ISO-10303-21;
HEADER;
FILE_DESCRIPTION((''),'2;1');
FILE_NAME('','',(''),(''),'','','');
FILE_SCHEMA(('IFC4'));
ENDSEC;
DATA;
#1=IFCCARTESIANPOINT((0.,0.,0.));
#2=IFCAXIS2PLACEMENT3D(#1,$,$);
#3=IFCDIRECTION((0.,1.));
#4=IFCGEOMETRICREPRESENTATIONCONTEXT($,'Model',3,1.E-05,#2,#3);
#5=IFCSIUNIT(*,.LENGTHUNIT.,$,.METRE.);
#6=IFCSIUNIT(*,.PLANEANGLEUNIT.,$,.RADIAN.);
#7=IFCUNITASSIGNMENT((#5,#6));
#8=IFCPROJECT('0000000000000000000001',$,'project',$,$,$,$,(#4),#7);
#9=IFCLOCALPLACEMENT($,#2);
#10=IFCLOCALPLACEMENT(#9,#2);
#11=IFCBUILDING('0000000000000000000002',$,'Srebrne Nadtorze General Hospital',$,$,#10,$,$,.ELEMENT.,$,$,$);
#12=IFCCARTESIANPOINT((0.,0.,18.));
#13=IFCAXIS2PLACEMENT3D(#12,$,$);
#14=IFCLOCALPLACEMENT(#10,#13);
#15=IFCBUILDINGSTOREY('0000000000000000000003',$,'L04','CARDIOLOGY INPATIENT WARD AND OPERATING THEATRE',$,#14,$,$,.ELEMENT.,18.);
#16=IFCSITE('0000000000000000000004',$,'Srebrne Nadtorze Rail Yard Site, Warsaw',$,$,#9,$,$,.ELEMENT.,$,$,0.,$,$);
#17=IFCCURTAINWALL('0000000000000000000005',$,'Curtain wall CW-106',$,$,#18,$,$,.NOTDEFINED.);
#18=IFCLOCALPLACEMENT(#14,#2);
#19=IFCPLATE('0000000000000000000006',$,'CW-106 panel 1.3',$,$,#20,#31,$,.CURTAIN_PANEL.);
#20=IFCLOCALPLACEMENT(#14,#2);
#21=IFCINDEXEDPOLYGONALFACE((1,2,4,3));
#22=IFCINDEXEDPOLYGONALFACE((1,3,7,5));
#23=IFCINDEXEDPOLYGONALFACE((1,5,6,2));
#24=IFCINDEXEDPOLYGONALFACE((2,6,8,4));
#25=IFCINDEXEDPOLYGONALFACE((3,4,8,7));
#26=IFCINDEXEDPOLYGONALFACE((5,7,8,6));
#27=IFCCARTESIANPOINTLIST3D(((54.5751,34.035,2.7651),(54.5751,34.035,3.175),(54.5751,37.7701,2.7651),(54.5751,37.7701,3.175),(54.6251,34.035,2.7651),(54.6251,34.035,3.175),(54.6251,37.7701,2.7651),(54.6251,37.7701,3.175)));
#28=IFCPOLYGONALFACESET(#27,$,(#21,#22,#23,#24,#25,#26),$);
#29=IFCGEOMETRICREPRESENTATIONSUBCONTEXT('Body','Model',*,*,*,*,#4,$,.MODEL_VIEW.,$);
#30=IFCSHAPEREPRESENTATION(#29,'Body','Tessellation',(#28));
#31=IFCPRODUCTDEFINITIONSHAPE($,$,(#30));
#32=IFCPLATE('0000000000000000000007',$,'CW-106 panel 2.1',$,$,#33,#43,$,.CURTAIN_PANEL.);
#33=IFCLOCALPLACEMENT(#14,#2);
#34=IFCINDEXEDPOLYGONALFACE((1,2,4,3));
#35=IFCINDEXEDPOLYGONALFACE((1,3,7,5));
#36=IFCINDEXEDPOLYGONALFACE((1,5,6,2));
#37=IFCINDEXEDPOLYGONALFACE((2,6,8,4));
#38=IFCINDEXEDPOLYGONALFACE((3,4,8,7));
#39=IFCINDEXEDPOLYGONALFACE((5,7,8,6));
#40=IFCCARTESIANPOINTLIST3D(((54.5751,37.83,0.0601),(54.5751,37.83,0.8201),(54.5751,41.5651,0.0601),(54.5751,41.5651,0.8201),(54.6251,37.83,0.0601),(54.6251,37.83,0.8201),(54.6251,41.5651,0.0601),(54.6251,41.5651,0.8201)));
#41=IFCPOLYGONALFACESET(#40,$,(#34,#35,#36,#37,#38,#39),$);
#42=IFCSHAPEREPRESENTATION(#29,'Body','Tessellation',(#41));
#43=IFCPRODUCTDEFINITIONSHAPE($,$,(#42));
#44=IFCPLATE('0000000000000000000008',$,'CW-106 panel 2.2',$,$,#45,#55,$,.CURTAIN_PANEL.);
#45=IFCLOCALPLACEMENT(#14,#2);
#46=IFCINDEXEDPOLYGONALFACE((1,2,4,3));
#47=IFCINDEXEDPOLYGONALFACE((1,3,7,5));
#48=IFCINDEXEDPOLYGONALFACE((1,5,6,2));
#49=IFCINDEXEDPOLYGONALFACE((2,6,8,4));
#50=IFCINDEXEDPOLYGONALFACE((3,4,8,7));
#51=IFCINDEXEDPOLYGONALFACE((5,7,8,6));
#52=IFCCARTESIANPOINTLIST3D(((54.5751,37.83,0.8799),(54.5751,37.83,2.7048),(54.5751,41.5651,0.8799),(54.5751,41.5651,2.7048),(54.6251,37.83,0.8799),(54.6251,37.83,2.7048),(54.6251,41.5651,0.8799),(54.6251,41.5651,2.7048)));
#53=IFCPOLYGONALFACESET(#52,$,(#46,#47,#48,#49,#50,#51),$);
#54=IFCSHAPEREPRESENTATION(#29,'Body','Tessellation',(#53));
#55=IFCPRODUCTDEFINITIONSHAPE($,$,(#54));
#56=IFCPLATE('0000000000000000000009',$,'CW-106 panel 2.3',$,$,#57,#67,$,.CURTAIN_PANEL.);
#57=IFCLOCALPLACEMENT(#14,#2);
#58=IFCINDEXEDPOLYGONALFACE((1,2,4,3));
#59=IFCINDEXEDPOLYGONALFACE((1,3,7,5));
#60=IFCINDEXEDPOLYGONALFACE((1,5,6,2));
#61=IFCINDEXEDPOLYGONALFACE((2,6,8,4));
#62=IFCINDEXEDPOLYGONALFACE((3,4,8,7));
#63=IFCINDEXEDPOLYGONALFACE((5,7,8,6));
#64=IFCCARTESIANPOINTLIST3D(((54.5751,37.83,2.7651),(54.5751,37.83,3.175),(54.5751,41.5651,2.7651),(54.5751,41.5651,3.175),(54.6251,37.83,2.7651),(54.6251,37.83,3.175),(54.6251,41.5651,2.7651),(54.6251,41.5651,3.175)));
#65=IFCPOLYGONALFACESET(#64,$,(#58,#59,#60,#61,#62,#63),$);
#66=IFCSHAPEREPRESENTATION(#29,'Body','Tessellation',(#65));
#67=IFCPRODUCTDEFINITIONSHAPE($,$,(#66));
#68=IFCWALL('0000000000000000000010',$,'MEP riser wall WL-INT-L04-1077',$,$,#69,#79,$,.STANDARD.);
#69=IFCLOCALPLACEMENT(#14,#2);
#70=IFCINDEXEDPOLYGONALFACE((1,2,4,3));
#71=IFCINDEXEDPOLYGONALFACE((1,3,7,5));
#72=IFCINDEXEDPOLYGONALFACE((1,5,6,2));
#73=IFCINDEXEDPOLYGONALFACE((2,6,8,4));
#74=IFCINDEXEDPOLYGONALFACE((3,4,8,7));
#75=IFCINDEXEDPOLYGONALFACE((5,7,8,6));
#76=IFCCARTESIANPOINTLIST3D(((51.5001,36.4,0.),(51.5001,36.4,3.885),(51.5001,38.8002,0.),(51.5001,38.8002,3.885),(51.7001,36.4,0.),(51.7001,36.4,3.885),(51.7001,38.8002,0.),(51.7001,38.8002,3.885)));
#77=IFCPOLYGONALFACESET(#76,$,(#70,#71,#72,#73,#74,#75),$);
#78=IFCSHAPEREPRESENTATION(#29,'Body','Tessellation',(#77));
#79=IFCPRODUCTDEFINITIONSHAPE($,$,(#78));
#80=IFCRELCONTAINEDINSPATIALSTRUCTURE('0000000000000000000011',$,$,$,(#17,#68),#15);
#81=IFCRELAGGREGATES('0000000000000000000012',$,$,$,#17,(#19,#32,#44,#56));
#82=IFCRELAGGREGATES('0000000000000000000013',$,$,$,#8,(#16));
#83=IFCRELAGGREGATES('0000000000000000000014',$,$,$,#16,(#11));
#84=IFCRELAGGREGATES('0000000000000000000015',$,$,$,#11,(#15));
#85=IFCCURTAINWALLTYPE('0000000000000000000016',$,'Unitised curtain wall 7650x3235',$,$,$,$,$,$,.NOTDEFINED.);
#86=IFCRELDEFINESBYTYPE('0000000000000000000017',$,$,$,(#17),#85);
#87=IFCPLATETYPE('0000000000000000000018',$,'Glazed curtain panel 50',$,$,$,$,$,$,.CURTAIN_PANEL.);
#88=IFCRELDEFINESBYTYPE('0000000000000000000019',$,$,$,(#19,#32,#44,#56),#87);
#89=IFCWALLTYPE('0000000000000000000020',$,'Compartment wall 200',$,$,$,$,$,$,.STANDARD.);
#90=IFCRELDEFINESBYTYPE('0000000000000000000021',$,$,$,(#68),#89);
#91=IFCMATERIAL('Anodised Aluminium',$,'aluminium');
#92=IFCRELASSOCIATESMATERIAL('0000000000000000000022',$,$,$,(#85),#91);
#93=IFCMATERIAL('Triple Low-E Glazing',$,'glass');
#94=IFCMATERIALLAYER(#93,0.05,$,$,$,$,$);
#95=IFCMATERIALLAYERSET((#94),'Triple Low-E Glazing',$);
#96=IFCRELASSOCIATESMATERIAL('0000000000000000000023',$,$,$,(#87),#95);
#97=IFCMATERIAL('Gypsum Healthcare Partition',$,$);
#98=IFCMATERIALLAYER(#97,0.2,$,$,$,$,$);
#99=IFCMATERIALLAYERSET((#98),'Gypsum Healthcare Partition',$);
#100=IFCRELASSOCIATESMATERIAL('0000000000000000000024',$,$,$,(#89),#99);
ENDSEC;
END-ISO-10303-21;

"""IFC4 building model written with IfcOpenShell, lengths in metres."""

from ifc_helpers import new_model, si_unit, direction, frame, frame_2d, origin, origin_2d, place, context, subcontext, project, spatial, rectangle, extrude, material, layer, layer_set, type_object, element, aggregate, save


model = new_model("IFC4")

# Units and contexts
model_context = context("Model", 3, precision=1e-05, world=origin(), true_north=direction((0.0, 1.0)))
body_context = subcontext(model_context, "Body", "Model", "MODEL_VIEW")
ifc_project = project(units=[si_unit("LENGTHUNIT", "METRE"), si_unit("PLANEANGLEUNIT", "RADIAN")], contexts=[model_context])

# Site, building, storey
site_placement = place(None, origin())
site = spatial("IfcSite", under=ifc_project, at=site_placement, Name="Srebrne Nadtorze Rail Yard Site, Warsaw", CompositionType="ELEMENT", RefElevation=0.0)
building_placement = place(site_placement, origin())
building = spatial("IfcBuilding", under=site, at=building_placement, Name="Srebrne Nadtorze General Hospital", CompositionType="ELEMENT")
storey_placement = place(building_placement, frame((0.0, 0.0, 18.0)))
storey = spatial("IfcBuildingStorey", under=building, at=storey_placement, Name="L04", Description="CARDIOLOGY INPATIENT WARD AND OPERATING THEATRE", CompositionType="ELEMENT", Elevation=18.0)

# Curtain wall, plates
ifc_material_1 = material(Name="Anodised Aluminium", Category="aluminium")
curtain_wall_type = type_object("IfcCurtainWallType", Name="Unitised curtain wall 7650x3235", PredefinedType="NOTDEFINED", material=ifc_material_1)
curtain_wall_placement = place(storey_placement, origin())
curtain_wall = element("IfcCurtainWall", 1, at=curtain_wall_placement, inside=storey, type_object=curtain_wall_type, Name="Curtain wall CW-106", PredefinedType="NOTDEFINED")
ifc_material_2 = material(Name="Triple Low-E Glazing", Category="glass")
ifc_layer_1 = layer(ifc_material_2, 0.05)
ifc_layer_set_1 = layer_set([ifc_layer_1], Name="Triple Low-E Glazing")
plate_type = type_object("IfcPlateType", Name="Glazed curtain panel 50", PredefinedType="CURTAIN_PANEL", material=ifc_layer_set_1)
plate_1_placement = place(storey_placement, frame((54.6001, 35.9026, 2.7651), z_axis=(0.0, 0.0, 1.0), x_axis=(0.0, 1.0, 0.0)))
plate_1 = element("IfcPlate", 2, at=plate_1_placement, type_object=plate_type, Name="CW-106 panel 1.3", PredefinedType="CURTAIN_PANEL", context=body_context, shape_type="SweptSolid", body=[
    extrude(rectangle(XDim=3.7351, YDim=0.05, at=origin_2d()), origin(), (0.0, 0.0, 1.0), 0.4099),
])
plate_2_placement = place(storey_placement, frame((54.6001, 39.6975, 0.0601), z_axis=(0.0, 0.0, 1.0), x_axis=(0.0, 1.0, 0.0)))
plate_2 = element("IfcPlate", 3, at=plate_2_placement, type_object=plate_type, Name="CW-106 panel 2.1", PredefinedType="CURTAIN_PANEL", context=body_context, shape_type="SweptSolid", body=[
    extrude(rectangle(XDim=3.7351, YDim=0.05, at=origin_2d()), origin(), (0.0, 0.0, 1.0), 0.76),
])
plate_3_placement = place(storey_placement, frame((54.6001, 39.6975, 0.8799), z_axis=(0.0, 0.0, 1.0), x_axis=(0.0, 1.0, 0.0)))
plate_3 = element("IfcPlate", 4, at=plate_3_placement, type_object=plate_type, Name="CW-106 panel 2.2", PredefinedType="CURTAIN_PANEL", context=body_context, shape_type="SweptSolid", body=[
    extrude(rectangle(XDim=3.7351, YDim=0.05, at=origin_2d()), origin(), (0.0, 0.0, 1.0), 1.825),
])
plate_4_placement = place(storey_placement, frame((54.6001, 39.6975, 2.7651), z_axis=(0.0, 0.0, 1.0), x_axis=(0.0, 1.0, 0.0)))
plate_4 = element("IfcPlate", 5, at=plate_4_placement, type_object=plate_type, Name="CW-106 panel 2.3", PredefinedType="CURTAIN_PANEL", context=body_context, shape_type="SweptSolid", body=[
    extrude(rectangle(XDim=3.7351, YDim=0.05, at=origin_2d()), origin(), (0.0, 0.0, 1.0), 0.4099),
])
aggregate(curtain_wall, [plate_1, plate_2, plate_3, plate_4])

# Wall
ifc_material_3 = material(Name="Gypsum Healthcare Partition")
ifc_layer_2 = layer(ifc_material_3, 0.2)
ifc_layer_set_2 = layer_set([ifc_layer_2], Name="Gypsum Healthcare Partition")
wall_type = type_object("IfcWallType", Name="Compartment wall 200", PredefinedType="STANDARD", material=ifc_layer_set_2)
wall_placement = place(storey_placement, frame((51.6001, 36.3999, 0.0), z_axis=(0.0, 0.0, 1.0), x_axis=(0.0, 1.0, 0.0)))
element("IfcWall", 6, at=wall_placement, inside=storey, type_object=wall_type, Name="MEP riser wall WL-INT-L04-1077", PredefinedType="STANDARD", context=body_context, shape_type="SweptSolid", body=[
    extrude(rectangle(XDim=2.4001, YDim=0.2, at=frame_2d((1.2002, 0.0))), origin(), (0.0, 0.0, 1.0), 3.885),
])

save(model, "model.ifc")
